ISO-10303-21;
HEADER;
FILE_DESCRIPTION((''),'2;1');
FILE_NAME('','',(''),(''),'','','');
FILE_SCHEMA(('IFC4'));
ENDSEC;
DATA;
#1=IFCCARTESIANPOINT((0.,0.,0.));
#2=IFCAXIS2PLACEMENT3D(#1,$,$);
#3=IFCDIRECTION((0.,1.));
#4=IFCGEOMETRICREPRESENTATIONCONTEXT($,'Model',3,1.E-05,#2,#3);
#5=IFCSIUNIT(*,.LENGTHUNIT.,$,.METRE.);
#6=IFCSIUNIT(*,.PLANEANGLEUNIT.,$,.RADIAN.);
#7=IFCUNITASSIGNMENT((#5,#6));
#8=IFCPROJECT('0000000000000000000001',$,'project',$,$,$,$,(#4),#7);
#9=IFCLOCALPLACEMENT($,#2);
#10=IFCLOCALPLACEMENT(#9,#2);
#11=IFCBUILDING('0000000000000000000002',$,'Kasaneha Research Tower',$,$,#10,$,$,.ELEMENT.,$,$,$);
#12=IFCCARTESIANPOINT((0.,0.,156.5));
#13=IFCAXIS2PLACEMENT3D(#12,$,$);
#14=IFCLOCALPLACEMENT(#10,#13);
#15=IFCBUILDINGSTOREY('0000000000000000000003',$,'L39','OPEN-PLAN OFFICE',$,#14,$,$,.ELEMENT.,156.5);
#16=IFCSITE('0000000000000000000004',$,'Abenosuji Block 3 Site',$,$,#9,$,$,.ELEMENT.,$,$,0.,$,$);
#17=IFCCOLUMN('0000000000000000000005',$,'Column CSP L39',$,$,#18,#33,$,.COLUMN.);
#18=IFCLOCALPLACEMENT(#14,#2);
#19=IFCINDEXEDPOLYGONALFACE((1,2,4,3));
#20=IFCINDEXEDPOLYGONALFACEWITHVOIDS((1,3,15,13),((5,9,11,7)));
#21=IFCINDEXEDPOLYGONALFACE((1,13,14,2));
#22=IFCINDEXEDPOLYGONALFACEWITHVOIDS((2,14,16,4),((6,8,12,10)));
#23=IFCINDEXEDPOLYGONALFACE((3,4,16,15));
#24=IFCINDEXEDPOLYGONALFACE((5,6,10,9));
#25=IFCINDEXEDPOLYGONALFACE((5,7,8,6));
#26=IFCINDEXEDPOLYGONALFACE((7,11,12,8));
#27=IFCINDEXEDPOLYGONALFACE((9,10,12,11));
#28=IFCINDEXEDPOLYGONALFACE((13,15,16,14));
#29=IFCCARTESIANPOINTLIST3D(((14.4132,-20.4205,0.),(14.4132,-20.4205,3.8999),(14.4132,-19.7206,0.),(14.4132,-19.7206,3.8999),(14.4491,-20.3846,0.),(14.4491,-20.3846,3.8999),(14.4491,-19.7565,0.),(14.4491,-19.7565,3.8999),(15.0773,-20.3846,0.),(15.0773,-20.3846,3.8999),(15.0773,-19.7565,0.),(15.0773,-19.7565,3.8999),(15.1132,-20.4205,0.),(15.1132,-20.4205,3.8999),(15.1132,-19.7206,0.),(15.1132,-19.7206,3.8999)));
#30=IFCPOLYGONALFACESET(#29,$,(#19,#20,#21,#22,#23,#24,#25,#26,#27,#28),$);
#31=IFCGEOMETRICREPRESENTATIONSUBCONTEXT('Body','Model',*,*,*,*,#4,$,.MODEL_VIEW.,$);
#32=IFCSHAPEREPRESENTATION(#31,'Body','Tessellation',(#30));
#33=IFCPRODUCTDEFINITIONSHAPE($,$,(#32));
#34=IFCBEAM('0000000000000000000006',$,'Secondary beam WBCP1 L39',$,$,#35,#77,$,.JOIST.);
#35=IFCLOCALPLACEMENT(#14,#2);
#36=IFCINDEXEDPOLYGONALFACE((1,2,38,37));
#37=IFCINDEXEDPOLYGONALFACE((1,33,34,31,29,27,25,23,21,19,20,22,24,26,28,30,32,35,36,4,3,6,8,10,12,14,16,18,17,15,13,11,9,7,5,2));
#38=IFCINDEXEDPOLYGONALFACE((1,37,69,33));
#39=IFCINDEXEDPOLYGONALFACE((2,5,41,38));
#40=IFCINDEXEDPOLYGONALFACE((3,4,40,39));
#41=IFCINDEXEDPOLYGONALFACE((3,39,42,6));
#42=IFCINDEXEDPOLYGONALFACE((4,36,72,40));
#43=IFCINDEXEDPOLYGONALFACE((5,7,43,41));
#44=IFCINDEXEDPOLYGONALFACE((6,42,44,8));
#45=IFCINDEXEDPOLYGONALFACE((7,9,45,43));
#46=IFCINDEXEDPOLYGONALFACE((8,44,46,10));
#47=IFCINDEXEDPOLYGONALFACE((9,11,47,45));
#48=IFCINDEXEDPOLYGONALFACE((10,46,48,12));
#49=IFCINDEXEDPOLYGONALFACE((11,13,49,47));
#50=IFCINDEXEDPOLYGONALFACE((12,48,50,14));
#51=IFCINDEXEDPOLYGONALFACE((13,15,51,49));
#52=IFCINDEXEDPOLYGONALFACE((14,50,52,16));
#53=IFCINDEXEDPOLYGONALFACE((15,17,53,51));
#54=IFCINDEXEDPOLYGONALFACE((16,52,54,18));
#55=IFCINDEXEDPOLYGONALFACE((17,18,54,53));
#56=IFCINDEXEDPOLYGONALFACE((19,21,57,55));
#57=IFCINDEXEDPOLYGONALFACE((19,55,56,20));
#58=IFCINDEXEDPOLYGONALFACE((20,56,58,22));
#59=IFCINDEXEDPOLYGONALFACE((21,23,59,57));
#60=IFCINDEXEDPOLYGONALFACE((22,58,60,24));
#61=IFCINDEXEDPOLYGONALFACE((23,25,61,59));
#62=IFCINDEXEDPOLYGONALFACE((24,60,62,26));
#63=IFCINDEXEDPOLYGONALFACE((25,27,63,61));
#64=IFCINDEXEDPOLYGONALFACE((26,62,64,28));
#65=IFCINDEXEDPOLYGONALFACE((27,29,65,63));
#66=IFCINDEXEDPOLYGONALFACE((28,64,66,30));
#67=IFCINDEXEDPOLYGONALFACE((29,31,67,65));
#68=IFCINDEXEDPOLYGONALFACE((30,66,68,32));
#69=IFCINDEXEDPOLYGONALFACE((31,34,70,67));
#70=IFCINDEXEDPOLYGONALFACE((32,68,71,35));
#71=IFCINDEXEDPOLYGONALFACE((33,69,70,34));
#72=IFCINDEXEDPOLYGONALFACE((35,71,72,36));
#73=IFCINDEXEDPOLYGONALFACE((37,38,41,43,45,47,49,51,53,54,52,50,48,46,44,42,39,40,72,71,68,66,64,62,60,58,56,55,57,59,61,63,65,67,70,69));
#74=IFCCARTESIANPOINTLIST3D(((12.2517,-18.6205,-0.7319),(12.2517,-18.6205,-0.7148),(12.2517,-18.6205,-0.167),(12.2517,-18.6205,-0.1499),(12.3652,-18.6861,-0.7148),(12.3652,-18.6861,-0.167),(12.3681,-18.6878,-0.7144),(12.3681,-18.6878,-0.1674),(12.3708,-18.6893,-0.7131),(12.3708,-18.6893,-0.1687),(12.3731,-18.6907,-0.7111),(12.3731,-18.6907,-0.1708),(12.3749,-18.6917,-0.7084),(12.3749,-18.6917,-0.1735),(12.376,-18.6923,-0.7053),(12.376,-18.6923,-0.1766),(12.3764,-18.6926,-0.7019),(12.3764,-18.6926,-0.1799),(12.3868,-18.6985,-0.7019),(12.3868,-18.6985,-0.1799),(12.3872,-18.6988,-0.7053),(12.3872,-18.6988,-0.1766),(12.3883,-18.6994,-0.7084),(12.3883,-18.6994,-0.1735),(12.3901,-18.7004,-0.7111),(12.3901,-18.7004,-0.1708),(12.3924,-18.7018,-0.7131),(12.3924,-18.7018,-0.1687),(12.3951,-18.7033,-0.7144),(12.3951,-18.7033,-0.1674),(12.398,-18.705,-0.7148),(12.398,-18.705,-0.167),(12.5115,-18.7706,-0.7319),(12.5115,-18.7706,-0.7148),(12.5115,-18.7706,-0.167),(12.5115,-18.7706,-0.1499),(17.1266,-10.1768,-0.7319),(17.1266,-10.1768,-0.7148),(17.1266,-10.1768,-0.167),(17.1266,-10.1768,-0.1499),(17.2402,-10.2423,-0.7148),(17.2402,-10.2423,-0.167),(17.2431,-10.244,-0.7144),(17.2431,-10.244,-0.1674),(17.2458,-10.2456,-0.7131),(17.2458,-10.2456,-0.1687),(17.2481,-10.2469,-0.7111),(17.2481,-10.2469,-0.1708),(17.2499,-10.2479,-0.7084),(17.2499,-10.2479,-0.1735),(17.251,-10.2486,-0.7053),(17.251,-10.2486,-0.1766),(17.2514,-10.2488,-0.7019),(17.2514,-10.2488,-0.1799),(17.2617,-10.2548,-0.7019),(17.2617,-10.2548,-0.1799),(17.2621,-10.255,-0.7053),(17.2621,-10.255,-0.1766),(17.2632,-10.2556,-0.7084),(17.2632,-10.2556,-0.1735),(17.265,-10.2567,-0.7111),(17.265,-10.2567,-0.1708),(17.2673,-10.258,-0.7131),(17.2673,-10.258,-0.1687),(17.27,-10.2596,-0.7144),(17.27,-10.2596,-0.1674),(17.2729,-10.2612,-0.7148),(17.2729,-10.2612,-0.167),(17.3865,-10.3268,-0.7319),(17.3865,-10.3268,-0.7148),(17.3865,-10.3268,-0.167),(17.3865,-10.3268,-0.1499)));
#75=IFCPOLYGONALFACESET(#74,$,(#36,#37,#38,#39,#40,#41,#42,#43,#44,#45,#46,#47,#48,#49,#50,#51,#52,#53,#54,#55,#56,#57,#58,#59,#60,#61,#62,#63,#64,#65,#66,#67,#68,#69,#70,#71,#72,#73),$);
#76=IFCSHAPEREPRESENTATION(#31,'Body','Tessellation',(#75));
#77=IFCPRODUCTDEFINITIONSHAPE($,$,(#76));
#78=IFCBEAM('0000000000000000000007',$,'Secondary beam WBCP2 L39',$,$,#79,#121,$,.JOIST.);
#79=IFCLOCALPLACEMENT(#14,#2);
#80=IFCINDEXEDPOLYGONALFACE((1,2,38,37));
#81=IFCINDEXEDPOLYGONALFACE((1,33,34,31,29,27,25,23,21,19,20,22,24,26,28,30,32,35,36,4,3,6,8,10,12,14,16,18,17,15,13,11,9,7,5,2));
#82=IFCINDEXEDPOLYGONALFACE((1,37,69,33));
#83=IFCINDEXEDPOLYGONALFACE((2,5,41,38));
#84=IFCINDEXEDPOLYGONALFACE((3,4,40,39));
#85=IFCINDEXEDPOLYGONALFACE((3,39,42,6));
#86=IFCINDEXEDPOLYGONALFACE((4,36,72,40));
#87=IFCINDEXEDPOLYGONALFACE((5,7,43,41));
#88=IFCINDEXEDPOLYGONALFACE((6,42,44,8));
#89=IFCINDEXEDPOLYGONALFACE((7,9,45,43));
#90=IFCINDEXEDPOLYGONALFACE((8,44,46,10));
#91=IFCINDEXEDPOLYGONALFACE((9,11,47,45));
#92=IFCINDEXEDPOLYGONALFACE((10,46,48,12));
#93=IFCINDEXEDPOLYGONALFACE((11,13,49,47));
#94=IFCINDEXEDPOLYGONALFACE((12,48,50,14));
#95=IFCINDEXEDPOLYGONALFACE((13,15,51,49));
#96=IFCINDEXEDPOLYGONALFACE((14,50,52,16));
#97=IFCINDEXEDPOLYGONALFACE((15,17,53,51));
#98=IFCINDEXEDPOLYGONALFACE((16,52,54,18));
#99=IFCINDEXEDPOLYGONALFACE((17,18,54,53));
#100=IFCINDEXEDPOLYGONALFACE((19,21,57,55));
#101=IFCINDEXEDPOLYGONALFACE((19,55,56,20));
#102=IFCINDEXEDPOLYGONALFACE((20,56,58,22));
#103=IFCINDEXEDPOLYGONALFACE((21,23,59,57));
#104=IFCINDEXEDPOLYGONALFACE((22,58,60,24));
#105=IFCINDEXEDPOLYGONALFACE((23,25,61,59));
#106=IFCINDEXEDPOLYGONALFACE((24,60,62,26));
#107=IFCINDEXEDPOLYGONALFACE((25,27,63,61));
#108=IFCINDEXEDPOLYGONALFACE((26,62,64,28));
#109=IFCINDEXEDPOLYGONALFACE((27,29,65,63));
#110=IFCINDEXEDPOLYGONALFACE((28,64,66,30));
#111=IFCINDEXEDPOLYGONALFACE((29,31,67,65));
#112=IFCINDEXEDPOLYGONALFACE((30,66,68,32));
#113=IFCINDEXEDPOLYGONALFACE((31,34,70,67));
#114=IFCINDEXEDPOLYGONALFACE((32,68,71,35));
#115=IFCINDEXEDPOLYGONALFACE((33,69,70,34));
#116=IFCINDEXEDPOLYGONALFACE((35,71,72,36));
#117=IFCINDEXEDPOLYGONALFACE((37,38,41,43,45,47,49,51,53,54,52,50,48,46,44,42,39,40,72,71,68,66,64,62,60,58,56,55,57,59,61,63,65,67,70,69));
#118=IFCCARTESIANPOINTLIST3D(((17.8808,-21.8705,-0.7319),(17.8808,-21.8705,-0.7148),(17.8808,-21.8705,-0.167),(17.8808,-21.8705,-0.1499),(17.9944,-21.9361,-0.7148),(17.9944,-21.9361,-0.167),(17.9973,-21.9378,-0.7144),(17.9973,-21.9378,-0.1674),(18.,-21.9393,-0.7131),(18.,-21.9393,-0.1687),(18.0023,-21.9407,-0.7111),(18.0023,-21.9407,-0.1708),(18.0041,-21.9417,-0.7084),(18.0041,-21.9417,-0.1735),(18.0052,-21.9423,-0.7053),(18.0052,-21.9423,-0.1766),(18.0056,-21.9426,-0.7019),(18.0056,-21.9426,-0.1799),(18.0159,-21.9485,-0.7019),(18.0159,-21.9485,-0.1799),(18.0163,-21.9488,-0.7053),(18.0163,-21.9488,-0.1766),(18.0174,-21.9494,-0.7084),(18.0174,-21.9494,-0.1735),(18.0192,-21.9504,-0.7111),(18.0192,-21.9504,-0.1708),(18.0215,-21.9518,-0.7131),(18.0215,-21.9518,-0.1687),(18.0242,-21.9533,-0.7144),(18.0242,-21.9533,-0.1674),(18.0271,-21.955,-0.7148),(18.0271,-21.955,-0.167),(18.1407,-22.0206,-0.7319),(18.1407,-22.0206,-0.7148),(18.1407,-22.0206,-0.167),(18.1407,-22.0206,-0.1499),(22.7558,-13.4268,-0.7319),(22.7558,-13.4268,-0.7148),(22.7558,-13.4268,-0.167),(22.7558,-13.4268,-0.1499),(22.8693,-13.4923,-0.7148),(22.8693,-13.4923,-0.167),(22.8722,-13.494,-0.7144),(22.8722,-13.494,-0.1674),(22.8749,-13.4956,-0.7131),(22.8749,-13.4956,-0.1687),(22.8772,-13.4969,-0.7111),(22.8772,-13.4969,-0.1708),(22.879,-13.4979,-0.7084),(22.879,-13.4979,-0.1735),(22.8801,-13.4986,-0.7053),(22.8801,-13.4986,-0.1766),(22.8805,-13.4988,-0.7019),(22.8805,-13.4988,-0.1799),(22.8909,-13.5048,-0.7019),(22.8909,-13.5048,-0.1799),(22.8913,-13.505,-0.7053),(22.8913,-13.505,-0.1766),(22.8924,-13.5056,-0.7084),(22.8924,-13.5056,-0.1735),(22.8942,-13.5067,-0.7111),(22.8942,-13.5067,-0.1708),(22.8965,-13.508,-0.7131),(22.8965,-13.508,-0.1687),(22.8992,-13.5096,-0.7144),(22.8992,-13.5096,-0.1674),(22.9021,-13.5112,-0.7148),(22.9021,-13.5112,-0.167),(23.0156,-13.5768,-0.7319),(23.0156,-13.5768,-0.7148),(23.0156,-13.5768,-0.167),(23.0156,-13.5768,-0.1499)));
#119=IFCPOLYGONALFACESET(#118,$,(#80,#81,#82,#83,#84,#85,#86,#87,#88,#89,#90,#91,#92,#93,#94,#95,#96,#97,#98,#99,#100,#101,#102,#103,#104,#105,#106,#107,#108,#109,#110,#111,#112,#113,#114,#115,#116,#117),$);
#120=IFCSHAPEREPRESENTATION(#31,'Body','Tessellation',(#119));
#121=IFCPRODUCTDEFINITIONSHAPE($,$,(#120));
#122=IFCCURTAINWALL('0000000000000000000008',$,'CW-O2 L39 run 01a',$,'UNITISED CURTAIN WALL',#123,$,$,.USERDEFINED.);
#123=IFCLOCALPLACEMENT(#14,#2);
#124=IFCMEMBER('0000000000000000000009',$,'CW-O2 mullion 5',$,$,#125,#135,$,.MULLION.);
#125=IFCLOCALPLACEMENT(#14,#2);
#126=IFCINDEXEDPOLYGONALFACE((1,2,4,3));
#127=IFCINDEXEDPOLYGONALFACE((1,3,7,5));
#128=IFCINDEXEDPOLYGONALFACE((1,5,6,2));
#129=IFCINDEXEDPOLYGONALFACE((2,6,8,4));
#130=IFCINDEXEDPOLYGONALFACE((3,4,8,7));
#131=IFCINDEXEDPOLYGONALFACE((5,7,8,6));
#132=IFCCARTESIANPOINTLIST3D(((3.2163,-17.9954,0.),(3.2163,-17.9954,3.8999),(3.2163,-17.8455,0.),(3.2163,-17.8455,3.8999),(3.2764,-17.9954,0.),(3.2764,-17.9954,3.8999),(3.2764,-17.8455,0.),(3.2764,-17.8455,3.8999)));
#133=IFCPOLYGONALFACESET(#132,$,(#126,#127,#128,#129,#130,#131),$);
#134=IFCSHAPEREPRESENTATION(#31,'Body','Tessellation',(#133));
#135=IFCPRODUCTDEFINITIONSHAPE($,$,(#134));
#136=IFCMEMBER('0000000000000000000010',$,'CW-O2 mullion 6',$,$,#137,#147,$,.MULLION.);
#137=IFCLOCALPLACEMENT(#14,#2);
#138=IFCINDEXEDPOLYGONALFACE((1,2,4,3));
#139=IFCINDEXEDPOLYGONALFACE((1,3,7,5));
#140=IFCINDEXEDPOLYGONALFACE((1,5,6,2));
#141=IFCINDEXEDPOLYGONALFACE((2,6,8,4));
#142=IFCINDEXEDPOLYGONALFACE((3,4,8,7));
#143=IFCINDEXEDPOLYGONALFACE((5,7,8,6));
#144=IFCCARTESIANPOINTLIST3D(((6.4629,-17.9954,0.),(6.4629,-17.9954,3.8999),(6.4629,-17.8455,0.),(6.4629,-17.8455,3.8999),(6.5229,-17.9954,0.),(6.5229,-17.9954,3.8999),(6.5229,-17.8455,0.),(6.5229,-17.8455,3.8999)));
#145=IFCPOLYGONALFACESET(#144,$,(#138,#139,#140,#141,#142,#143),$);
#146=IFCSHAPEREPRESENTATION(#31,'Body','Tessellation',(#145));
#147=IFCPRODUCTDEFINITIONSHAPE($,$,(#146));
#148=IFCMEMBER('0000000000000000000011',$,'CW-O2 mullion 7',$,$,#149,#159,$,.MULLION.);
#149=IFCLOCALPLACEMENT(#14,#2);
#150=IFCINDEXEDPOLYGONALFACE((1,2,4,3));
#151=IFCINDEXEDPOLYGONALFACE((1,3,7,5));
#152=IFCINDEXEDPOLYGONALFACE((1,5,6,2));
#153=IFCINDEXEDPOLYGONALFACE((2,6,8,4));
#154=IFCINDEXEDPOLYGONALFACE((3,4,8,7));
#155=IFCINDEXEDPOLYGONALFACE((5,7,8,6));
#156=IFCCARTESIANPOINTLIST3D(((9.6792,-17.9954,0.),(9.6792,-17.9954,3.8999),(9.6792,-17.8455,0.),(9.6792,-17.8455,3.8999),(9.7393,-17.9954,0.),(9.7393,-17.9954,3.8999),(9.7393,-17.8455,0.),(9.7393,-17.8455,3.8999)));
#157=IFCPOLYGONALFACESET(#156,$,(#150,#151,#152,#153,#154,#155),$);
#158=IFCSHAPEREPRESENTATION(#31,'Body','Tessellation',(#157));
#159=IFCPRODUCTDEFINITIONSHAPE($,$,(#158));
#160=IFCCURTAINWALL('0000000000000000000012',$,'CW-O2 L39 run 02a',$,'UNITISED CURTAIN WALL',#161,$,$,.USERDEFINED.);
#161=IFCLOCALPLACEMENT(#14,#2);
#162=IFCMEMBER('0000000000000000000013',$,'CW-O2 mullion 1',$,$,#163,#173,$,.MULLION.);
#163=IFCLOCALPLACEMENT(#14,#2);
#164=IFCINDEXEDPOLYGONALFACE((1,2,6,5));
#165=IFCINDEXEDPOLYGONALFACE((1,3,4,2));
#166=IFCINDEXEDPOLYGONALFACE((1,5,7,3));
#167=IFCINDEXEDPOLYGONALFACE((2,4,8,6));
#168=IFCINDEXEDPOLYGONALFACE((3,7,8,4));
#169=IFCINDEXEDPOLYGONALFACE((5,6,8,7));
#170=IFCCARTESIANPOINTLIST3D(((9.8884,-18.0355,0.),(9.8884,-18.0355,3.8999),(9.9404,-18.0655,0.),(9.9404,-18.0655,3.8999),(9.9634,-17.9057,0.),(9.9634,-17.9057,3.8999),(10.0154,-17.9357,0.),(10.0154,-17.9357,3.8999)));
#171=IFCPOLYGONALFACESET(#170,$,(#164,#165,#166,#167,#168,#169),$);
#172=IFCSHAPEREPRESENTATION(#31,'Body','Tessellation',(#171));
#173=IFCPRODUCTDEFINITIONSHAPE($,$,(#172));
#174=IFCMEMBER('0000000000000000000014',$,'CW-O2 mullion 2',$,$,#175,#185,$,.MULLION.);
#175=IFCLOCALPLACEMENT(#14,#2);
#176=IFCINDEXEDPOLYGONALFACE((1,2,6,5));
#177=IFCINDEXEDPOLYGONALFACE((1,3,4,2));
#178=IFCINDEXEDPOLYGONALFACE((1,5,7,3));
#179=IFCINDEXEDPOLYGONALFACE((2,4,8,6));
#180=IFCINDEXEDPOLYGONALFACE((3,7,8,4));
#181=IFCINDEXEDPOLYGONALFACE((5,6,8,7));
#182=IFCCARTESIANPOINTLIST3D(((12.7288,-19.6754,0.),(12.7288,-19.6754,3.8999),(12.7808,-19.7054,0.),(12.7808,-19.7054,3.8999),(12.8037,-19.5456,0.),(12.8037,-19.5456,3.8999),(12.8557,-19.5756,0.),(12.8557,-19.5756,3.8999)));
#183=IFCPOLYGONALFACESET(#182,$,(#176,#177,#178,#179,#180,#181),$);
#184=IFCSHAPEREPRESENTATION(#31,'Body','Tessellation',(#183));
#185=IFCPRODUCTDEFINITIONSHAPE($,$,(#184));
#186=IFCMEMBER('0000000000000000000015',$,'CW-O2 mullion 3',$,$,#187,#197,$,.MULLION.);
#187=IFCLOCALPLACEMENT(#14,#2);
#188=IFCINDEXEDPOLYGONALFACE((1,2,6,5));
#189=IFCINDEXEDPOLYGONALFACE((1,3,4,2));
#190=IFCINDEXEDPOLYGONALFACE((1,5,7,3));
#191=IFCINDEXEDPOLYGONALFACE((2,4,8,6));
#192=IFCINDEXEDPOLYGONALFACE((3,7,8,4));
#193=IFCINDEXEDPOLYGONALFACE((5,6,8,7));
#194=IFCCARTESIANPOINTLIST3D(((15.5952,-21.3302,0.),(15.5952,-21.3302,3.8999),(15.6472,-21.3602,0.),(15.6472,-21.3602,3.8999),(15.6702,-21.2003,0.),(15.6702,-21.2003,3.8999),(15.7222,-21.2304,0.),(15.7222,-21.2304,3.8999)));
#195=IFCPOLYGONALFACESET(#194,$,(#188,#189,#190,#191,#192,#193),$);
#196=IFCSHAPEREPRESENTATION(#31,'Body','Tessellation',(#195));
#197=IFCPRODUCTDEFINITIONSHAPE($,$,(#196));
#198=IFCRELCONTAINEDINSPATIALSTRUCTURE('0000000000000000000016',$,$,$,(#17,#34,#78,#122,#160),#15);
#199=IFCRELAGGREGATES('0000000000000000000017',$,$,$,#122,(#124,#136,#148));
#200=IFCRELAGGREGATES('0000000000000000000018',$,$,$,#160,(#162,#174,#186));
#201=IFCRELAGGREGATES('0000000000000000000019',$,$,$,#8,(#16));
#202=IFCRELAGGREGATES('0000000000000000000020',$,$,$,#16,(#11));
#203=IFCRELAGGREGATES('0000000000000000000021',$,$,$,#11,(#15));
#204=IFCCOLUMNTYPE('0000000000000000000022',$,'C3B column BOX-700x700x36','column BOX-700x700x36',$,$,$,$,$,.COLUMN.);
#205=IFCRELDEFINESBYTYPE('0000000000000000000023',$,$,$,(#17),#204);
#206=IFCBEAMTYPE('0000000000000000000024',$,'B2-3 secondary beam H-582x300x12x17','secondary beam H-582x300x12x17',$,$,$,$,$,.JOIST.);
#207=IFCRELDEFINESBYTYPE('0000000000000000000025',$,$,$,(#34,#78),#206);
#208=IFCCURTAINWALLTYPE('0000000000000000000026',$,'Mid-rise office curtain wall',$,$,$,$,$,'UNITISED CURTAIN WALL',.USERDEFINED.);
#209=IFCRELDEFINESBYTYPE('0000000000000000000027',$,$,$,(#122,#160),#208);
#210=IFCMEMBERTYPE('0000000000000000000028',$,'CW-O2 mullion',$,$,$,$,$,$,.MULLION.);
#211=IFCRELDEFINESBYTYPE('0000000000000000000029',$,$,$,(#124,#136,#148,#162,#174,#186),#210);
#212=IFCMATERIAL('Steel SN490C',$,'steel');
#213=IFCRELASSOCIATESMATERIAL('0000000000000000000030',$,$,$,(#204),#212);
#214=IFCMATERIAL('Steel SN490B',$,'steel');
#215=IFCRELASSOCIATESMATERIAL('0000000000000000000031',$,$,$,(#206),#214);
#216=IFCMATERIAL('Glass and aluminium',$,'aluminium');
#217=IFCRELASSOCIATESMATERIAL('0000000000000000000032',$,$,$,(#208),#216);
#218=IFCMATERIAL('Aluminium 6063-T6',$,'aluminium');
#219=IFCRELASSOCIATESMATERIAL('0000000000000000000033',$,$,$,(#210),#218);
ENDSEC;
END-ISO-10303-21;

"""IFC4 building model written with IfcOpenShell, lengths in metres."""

from ifc_helpers import new_model, si_unit, direction, frame, origin, origin_2d, place, context, subcontext, project, spatial, rectangle, hollow_rectangle, i_section, extrude, material, material_profile, profile_set, type_object, element, aggregate, save


model = new_model("IFC4")

# Units and contexts
model_context = context("Model", 3, precision=1e-05, world=origin(), true_north=direction((0.0, 1.0)))
body_context = subcontext(model_context, "Body", "Model", "MODEL_VIEW")
ifc_project = project(units=[si_unit("LENGTHUNIT", "METRE"), si_unit("PLANEANGLEUNIT", "RADIAN")], contexts=[model_context])

# Site, building, storey
site_placement = place(None, origin())
site = spatial("IfcSite", under=ifc_project, at=site_placement, Name="Abenosuji Block 3 Site", CompositionType="ELEMENT", RefElevation=0.0)
building_placement = place(site_placement, origin())
building = spatial("IfcBuilding", under=site, at=building_placement, Name="Kasaneha Research Tower", CompositionType="ELEMENT")
storey_placement = place(building_placement, frame((0.0, 0.0, 156.5)))
storey = spatial("IfcBuildingStorey", under=building, at=storey_placement, Name="L39", Description="OPEN-PLAN OFFICE", CompositionType="ELEMENT", Elevation=156.5)

# Column
ifc_material_1 = material(Name="Steel SN490C", Category="steel")
ifc_material_profile_1 = material_profile(ifc_material_1, hollow_rectangle(XDim=0.7, YDim=0.7, WallThickness=0.0359, at=origin_2d()), Name="BOX-700x700x36")
ifc_profile_set_1 = profile_set([ifc_material_profile_1], Name="Steel SN490C")
column_type = type_object("IfcColumnType", Name="C3B column BOX-700x700x36", Description="column BOX-700x700x36", PredefinedType="COLUMN", material=ifc_profile_set_1)
column_placement = place(storey_placement, frame((14.7632, -20.0706, 0.0), z_axis=(0.0, 0.0, 1.0), x_axis=(1.0, 0.0, 0.0)))
element("IfcColumn", 1, at=column_placement, inside=storey, type_object=column_type, Name="Column CSP L39", PredefinedType="COLUMN", context=body_context, shape_type="SweptSolid", body=[
    extrude(hollow_rectangle(XDim=0.7, YDim=0.7, WallThickness=0.0359, at=origin_2d()), origin(), (0.0, 0.0, 1.0), 3.8999),
])

# Beams
ifc_material_2 = material(Name="Steel SN490B", Category="steel")
ifc_material_profile_2 = material_profile(ifc_material_2, i_section(OverallWidth=0.3, OverallDepth=0.582, WebThickness=0.012, FlangeThickness=0.0171, FilletRadius=0.0129, at=origin_2d()), Name="H-582x300x12x17")
ifc_profile_set_2 = profile_set([ifc_material_profile_2], Name="Steel SN490B")
beam_type_1 = type_object("IfcBeamType", Name="B2-3 secondary beam H-582x300x12x17", Description="secondary beam H-582x300x12x17", PredefinedType="JOIST", material=ifc_profile_set_2)
for number, where, z_axis, x_axis, name in (
    (2, (12.3816, -18.6956, -0.4409), (0.499996, 0.866028, 0.0), (-0.866028, 0.499996, 0.0), "Secondary beam WBCP1 L39"),
    (3, (18.0107, -21.9456, -0.4409), (0.499996, 0.866028, 0.0), (-0.866028, 0.499996, 0.0), "Secondary beam WBCP2 L39"),
):
    element("IfcBeam", number, at=place(storey_placement, frame(where, z_axis=z_axis, x_axis=x_axis)), inside=storey, type_object=beam_type_1, Name=name, PredefinedType="JOIST", context=body_context, shape_type="SweptSolid", body=[
        extrude(i_section(OverallWidth=0.3, OverallDepth=0.582, WebThickness=0.012, FlangeThickness=0.0171, FilletRadius=0.0129, at=origin_2d()), origin(), (0.0, 0.0, 1.0), 9.75),
    ])

# Curtain walls, members
ifc_material_3 = material(Name="Glass and aluminium", Category="aluminium")
curtain_wall_type = type_object("IfcCurtainWallType", Name="Mid-rise office curtain wall", ElementType="UNITISED CURTAIN WALL", PredefinedType="USERDEFINED", material=ifc_material_3)
curtain_wall_1_placement = place(storey_placement, origin())
curtain_wall_1 = element("IfcCurtainWall", 4, at=curtain_wall_1_placement, inside=storey, type_object=curtain_wall_type, Name="CW-O2 L39 run 01a", ObjectType="UNITISED CURTAIN WALL", PredefinedType="USERDEFINED")
ifc_material_4 = material(Name="Aluminium 6063-T6", Category="aluminium")
ifc_material_profile_3 = material_profile(ifc_material_4, rectangle(XDim=0.0601, YDim=0.1499, at=origin_2d()), Name="CW-O2 mullion 60x150")
ifc_profile_set_3 = profile_set([ifc_material_profile_3], Name="Aluminium 6063-T6")
member_type_1 = type_object("IfcMemberType", Name="CW-O2 mullion", PredefinedType="MULLION", material=ifc_profile_set_3)
member_1_placement = place(storey_placement, frame((3.2463, -17.9204, 0.0), z_axis=(0.0, 0.0, 1.0), x_axis=(1.0, 0.0, 0.0)))
member_1 = element("IfcMember", 5, at=member_1_placement, type_object=member_type_1, Name="CW-O2 mullion 5", PredefinedType="MULLION", context=body_context, shape_type="SweptSolid", body=[
    extrude(rectangle(XDim=0.0601, YDim=0.1499, at=origin_2d()), origin(), (0.0, 0.0, 1.0), 3.8999),
])
member_2_placement = place(storey_placement, frame((6.4929, -17.9204, 0.0), z_axis=(0.0, 0.0, 1.0), x_axis=(1.0, 0.0, 0.0)))
member_2 = element("IfcMember", 6, at=member_2_placement, type_object=member_type_1, Name="CW-O2 mullion 6", PredefinedType="MULLION", context=body_context, shape_type="SweptSolid", body=[
    extrude(rectangle(XDim=0.0601, YDim=0.1499, at=origin_2d()), origin(), (0.0, 0.0, 1.0), 3.8999),
])
member_3_placement = place(storey_placement, frame((9.7092, -17.9204, 0.0), z_axis=(0.0, 0.0, 1.0), x_axis=(1.0, 0.0, 0.0)))
member_3 = element("IfcMember", 7, at=member_3_placement, type_object=member_type_1, Name="CW-O2 mullion 7", PredefinedType="MULLION", context=body_context, shape_type="SweptSolid", body=[
    extrude(rectangle(XDim=0.0601, YDim=0.1499, at=origin_2d()), origin(), (0.0, 0.0, 1.0), 3.8999),
])
curtain_wall_2_placement = place(storey_placement, origin())
curtain_wall_2 = element("IfcCurtainWall", 8, at=curtain_wall_2_placement, inside=storey, type_object=curtain_wall_type, Name="CW-O2 L39 run 02a", ObjectType="UNITISED CURTAIN WALL", PredefinedType="USERDEFINED")
member_4_placement = place(storey_placement, frame((9.9519, -17.9856, 0.0), z_axis=(0.0, 0.0, 1.0), x_axis=(0.866025, -0.5, 0.0)))
member_4 = element("IfcMember", 9, at=member_4_placement, type_object=member_type_1, Name="CW-O2 mullion 1", PredefinedType="MULLION", context=body_context, shape_type="SweptSolid", body=[
    extrude(rectangle(XDim=0.0601, YDim=0.1499, at=origin_2d()), origin(), (0.0, 0.0, 1.0), 3.8999),
])
member_5_placement = place(storey_placement, frame((12.7922, -19.6255, 0.0), z_axis=(0.0, 0.0, 1.0), x_axis=(0.866025, -0.5, 0.0)))
member_5 = element("IfcMember", 10, at=member_5_placement, type_object=member_type_1, Name="CW-O2 mullion 2", PredefinedType="MULLION", context=body_context, shape_type="SweptSolid", body=[
    extrude(rectangle(XDim=0.0601, YDim=0.1499, at=origin_2d()), origin(), (0.0, 0.0, 1.0), 3.8999),
])
member_6_placement = place(storey_placement, frame((15.6587, -21.2803, 0.0), z_axis=(0.0, 0.0, 1.0), x_axis=(0.866025, -0.5, 0.0)))
member_6 = element("IfcMember", 11, at=member_6_placement, type_object=member_type_1, Name="CW-O2 mullion 3", PredefinedType="MULLION", context=body_context, shape_type="SweptSolid", body=[
    extrude(rectangle(XDim=0.0601, YDim=0.1499, at=origin_2d()), origin(), (0.0, 0.0, 1.0), 3.8999),
])

aggregate(curtain_wall_1, [member_1, member_2, member_3])
aggregate(curtain_wall_2, [member_4, member_5, member_6])

save(model, "model.ifc")
